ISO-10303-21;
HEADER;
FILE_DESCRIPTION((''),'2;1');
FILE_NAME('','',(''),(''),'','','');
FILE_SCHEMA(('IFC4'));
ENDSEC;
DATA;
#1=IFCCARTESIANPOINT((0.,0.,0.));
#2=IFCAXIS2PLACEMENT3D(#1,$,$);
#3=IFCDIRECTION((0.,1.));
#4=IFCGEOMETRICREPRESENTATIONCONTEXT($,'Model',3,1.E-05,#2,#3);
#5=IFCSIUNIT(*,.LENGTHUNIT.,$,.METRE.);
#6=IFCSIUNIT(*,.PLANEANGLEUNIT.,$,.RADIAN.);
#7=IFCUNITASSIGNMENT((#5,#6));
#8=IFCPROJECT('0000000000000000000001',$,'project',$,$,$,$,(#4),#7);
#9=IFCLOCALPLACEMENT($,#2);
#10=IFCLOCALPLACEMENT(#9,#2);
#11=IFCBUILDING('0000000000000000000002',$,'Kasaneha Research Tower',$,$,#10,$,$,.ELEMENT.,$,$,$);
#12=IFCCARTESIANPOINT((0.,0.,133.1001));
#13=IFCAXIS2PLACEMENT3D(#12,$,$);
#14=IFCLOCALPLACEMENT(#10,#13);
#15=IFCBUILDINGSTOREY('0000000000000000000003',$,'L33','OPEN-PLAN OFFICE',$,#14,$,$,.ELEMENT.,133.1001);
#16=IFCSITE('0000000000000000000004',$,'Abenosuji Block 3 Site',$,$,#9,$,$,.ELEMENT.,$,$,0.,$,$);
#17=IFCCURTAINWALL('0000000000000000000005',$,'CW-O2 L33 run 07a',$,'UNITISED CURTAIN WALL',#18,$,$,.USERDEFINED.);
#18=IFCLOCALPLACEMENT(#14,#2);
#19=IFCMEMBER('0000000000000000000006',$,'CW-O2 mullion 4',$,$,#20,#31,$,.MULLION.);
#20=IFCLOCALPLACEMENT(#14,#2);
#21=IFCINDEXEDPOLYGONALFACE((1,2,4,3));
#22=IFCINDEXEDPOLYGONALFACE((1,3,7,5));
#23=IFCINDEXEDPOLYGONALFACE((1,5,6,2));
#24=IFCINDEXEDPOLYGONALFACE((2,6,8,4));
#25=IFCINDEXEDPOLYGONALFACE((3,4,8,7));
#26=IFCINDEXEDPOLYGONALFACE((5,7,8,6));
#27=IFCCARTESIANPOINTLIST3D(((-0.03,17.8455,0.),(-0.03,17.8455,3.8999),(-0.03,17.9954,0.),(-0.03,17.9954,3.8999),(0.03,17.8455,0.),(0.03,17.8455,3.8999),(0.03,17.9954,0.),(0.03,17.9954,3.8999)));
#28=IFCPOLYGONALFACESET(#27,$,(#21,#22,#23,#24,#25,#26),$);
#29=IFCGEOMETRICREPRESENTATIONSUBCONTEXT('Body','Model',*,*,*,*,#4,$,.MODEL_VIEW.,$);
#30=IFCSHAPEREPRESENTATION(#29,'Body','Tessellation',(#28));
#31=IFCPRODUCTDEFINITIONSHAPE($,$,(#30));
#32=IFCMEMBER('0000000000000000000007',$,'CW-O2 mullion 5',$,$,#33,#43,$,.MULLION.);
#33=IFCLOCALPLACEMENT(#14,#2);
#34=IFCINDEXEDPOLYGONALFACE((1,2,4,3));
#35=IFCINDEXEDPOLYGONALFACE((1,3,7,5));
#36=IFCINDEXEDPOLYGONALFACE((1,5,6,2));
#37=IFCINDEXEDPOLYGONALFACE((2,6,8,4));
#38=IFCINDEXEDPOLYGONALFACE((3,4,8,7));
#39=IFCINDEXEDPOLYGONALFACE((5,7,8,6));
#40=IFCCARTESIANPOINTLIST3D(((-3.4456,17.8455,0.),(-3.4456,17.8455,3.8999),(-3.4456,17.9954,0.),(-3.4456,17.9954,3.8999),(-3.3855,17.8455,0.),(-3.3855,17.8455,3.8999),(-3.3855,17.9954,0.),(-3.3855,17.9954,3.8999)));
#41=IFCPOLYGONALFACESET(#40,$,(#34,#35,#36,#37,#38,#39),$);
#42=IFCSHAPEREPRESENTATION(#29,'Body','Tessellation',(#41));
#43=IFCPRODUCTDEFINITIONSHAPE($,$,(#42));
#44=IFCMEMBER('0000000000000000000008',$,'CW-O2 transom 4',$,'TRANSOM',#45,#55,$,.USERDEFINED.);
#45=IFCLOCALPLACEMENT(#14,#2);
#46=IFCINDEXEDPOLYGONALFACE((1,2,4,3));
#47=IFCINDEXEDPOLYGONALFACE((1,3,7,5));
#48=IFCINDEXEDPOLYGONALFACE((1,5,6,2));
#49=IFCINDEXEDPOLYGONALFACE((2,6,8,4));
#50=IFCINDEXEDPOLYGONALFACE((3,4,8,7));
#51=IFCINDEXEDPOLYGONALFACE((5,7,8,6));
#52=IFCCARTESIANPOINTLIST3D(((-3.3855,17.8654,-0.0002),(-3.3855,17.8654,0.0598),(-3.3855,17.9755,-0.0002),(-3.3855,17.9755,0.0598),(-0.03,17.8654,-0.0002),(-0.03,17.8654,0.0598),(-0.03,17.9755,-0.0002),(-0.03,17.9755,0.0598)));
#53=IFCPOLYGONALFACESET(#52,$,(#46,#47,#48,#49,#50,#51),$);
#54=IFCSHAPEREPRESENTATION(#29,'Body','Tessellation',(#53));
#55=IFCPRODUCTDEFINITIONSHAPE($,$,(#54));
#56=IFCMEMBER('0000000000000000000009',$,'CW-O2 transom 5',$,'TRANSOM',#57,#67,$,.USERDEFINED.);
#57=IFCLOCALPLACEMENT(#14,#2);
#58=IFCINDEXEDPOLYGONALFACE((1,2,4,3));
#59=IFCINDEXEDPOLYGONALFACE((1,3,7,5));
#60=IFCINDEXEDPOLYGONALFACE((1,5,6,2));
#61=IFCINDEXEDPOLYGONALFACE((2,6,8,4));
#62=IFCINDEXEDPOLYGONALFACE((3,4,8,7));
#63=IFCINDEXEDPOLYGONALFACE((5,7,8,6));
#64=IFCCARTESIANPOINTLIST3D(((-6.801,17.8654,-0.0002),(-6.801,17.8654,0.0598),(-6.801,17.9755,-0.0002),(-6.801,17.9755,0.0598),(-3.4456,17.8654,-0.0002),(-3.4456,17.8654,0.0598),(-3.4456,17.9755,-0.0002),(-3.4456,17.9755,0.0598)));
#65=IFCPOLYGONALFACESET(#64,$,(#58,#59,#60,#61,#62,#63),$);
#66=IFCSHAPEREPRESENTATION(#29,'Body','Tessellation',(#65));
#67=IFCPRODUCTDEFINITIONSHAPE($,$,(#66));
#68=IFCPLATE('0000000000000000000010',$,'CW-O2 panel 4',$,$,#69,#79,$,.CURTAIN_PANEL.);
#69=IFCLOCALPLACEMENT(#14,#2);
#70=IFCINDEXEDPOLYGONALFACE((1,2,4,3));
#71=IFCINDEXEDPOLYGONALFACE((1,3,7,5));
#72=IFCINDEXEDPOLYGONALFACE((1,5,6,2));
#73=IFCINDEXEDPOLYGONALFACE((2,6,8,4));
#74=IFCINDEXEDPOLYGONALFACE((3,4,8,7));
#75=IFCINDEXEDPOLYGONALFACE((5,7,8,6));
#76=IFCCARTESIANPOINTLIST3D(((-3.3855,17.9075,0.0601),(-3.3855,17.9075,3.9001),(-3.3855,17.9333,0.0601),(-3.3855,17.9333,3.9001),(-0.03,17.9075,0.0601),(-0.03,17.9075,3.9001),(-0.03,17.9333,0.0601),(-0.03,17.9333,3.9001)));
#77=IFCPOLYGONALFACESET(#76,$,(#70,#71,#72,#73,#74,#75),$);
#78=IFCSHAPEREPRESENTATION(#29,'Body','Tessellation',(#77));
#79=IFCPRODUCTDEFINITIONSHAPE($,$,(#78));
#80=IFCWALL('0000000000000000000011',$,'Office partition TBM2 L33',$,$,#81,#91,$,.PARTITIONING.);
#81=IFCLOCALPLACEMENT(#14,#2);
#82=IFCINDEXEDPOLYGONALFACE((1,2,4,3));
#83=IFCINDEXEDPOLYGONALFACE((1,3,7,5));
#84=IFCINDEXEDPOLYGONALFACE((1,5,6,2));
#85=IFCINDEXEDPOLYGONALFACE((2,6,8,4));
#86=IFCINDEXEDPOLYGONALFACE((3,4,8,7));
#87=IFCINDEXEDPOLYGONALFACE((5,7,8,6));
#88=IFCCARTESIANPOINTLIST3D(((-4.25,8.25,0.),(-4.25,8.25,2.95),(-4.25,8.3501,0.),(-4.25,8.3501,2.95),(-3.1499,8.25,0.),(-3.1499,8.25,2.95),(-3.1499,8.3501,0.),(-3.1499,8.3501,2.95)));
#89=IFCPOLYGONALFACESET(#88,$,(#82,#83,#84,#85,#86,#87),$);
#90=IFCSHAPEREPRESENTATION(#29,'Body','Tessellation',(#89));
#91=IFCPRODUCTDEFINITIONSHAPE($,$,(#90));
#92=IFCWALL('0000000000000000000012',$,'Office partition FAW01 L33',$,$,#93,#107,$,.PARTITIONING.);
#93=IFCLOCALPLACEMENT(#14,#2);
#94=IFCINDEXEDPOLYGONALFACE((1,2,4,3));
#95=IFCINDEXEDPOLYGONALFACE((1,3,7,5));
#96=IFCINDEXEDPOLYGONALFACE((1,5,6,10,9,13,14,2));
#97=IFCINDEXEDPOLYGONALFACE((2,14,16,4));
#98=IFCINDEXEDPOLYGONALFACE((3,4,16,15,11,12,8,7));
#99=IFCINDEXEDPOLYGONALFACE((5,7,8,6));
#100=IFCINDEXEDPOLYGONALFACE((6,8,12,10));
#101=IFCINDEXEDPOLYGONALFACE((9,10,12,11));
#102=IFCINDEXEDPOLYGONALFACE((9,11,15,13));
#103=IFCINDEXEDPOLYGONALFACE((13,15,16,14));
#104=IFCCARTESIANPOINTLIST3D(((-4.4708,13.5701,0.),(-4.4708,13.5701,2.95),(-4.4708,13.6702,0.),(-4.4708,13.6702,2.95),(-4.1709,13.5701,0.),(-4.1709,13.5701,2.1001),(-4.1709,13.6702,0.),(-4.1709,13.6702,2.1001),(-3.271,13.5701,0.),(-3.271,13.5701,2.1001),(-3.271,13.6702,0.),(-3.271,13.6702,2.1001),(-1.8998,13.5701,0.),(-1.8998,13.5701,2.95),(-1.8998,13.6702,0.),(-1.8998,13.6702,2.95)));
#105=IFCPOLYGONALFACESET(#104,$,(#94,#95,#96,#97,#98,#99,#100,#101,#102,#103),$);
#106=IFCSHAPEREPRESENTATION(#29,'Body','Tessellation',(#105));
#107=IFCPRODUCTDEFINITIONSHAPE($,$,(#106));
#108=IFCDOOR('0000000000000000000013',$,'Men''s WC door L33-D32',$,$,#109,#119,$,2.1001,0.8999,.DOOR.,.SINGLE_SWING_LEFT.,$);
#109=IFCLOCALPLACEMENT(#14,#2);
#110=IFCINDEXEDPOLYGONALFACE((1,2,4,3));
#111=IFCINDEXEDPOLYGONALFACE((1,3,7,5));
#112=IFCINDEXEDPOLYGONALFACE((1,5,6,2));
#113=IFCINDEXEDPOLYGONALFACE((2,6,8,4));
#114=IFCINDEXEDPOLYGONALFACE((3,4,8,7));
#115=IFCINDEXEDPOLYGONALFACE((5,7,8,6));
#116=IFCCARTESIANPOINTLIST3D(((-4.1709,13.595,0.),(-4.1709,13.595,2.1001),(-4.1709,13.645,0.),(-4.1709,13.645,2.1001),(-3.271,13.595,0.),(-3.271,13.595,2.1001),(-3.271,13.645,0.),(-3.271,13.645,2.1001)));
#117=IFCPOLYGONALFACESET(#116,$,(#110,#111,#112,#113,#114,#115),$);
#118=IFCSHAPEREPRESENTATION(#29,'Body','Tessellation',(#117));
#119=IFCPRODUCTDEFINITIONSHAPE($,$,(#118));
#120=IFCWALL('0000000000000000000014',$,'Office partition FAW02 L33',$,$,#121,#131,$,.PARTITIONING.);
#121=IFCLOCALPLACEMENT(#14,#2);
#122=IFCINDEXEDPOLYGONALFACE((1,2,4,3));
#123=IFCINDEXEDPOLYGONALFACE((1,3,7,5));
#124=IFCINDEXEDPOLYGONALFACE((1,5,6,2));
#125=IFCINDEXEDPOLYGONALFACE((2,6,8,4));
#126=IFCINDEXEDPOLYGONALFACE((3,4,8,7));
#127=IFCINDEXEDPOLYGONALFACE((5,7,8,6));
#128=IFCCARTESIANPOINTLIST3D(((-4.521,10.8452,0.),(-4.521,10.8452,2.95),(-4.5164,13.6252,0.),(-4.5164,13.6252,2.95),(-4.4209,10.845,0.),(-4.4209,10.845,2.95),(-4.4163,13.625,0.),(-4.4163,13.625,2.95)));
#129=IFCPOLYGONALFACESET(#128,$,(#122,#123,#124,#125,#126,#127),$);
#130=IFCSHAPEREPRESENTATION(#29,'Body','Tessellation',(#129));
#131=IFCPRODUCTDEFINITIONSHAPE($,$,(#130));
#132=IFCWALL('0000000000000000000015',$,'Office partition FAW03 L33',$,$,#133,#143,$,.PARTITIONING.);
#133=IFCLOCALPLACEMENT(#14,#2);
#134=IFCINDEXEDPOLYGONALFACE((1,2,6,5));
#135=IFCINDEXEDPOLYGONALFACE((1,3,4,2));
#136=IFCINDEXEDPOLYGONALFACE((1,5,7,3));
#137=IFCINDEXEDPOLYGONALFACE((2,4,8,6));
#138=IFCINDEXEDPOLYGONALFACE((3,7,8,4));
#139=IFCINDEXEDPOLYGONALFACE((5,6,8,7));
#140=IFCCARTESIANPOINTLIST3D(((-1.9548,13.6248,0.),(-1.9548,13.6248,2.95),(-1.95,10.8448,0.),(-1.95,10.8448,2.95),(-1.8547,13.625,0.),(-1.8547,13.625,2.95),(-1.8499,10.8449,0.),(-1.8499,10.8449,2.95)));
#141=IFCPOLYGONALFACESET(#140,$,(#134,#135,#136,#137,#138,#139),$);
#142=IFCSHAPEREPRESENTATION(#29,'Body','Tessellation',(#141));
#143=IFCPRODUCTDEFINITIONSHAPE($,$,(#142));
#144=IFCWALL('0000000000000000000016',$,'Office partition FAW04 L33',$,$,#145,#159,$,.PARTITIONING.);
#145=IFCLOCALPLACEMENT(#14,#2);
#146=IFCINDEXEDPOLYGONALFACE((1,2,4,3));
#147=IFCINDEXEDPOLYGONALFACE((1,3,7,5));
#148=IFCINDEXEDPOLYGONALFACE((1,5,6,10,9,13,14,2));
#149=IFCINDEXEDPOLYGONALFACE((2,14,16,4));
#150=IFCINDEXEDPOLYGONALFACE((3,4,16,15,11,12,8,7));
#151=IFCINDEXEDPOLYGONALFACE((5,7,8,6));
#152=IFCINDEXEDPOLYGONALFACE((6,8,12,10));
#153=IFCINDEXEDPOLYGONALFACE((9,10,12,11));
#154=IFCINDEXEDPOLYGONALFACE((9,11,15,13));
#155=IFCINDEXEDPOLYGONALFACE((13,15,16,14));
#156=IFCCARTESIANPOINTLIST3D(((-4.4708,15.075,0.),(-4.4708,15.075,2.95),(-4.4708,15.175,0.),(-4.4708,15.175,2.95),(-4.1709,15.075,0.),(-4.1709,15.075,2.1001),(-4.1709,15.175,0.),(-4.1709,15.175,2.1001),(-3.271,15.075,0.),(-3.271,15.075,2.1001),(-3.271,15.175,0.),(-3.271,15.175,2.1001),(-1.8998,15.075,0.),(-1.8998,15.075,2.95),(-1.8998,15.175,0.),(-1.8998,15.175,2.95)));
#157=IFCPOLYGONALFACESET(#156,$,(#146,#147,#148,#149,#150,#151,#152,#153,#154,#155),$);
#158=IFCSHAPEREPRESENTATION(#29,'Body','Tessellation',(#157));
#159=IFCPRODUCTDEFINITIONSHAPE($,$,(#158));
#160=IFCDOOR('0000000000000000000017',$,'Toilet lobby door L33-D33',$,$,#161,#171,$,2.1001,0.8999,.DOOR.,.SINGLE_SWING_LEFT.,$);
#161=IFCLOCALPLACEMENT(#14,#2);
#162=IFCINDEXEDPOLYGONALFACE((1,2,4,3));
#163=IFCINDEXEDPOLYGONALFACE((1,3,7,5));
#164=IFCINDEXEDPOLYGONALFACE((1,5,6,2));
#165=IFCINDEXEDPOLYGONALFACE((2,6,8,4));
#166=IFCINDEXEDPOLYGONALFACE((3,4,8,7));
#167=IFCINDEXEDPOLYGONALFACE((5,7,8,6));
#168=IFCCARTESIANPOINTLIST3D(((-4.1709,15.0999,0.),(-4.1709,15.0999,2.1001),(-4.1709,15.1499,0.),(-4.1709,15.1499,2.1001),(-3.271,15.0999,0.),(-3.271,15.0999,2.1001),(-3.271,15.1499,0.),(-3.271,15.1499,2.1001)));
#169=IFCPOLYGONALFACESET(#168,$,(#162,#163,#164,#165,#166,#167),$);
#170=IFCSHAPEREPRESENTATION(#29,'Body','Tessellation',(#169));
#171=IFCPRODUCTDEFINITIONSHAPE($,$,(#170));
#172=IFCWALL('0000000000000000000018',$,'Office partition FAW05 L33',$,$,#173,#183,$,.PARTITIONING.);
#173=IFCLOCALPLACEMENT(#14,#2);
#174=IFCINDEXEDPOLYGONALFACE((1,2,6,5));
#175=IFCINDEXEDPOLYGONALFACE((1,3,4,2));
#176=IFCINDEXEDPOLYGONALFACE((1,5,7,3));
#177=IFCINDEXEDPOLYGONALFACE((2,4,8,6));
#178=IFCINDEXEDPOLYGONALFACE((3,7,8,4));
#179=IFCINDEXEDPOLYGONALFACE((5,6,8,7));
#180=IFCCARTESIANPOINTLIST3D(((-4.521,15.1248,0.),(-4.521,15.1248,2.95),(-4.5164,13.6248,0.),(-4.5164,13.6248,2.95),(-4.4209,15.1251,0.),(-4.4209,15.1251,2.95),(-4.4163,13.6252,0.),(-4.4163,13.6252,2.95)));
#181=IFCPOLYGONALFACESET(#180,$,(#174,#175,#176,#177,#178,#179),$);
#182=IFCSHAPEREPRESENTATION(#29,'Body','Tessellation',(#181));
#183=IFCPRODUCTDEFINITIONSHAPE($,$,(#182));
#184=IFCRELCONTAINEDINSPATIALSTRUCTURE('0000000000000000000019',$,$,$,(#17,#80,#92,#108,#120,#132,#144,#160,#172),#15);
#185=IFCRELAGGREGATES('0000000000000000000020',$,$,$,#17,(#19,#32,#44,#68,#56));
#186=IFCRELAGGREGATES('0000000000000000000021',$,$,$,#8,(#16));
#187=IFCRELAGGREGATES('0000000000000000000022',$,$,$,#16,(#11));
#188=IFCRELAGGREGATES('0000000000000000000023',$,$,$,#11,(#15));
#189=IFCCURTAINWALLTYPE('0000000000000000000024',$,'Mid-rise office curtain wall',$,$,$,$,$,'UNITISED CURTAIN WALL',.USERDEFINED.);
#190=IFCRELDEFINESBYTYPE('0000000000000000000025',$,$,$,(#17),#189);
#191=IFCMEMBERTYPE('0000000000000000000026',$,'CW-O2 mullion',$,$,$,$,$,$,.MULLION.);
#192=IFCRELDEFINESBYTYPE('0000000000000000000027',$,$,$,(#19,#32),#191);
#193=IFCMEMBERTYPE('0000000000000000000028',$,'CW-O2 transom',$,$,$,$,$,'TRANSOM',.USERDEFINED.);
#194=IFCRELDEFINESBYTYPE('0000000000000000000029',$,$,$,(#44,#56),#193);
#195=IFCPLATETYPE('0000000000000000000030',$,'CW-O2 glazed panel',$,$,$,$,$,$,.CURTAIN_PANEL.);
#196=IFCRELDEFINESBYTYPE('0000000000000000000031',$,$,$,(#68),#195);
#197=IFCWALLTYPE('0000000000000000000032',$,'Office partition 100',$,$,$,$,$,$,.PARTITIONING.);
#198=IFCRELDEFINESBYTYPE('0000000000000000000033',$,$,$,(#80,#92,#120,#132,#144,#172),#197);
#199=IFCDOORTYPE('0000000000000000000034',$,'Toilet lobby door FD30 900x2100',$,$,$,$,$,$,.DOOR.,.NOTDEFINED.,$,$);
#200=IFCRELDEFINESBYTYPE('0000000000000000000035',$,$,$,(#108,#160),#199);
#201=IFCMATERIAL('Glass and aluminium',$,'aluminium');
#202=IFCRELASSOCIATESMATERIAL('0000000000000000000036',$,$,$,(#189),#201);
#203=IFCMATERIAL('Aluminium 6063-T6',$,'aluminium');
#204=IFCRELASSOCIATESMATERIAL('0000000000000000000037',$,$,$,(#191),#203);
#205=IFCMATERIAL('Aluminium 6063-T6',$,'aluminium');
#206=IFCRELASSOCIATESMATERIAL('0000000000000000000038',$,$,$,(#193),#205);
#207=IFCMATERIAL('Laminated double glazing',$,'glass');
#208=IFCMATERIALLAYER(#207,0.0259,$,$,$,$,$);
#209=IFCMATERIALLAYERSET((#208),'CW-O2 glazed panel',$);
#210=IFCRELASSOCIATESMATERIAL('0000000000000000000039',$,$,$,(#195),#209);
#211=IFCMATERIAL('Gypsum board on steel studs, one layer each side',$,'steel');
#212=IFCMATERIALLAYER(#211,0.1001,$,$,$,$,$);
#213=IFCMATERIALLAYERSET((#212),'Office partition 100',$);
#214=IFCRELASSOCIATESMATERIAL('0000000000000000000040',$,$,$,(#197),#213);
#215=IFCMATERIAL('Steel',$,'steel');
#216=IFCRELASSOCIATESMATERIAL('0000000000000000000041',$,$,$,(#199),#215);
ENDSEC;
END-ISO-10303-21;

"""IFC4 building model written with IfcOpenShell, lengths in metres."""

from ifc_helpers import new_model, si_unit, direction, frame, frame_2d, origin, origin_2d, place, context, subcontext, project, spatial, rectangle, extrude, material, layer, layer_set, material_profile, profile_set, type_object, element, fill, aggregate, save


model = new_model("IFC4")

# Units and contexts
model_context = context("Model", 3, precision=1e-05, world=origin(), true_north=direction((0.0, 1.0)))
body_context = subcontext(model_context, "Body", "Model", "MODEL_VIEW")
ifc_project = project(units=[si_unit("LENGTHUNIT", "METRE"), si_unit("PLANEANGLEUNIT", "RADIAN")], contexts=[model_context])

# Site, building, storey
site_placement = place(None, origin())
site = spatial("IfcSite", under=ifc_project, at=site_placement, Name="Abenosuji Block 3 Site", CompositionType="ELEMENT", RefElevation=0.0)
building_placement = place(site_placement, origin())
building = spatial("IfcBuilding", under=site, at=building_placement, Name="Kasaneha Research Tower", CompositionType="ELEMENT")
storey_placement = place(building_placement, frame((0.0, 0.0, 133.1001)))
storey = spatial("IfcBuildingStorey", under=building, at=storey_placement, Name="L33", Description="OPEN-PLAN OFFICE", CompositionType="ELEMENT", Elevation=133.1001)

# Curtain wall, members, plate
ifc_material_1 = material(Name="Glass and aluminium", Category="aluminium")
curtain_wall_type = type_object("IfcCurtainWallType", Name="Mid-rise office curtain wall", ElementType="UNITISED CURTAIN WALL", PredefinedType="USERDEFINED", material=ifc_material_1)
curtain_wall_placement = place(storey_placement, origin())
curtain_wall = element("IfcCurtainWall", 1, at=curtain_wall_placement, inside=storey, type_object=curtain_wall_type, Name="CW-O2 L33 run 07a", ObjectType="UNITISED CURTAIN WALL", PredefinedType="USERDEFINED")
ifc_material_2 = material(Name="Aluminium 6063-T6", Category="aluminium")
ifc_material_profile_1 = material_profile(ifc_material_2, rectangle(XDim=0.0601, YDim=0.1499, at=origin_2d()), Name="CW-O2 mullion 60x150")
ifc_profile_set_1 = profile_set([ifc_material_profile_1], Name="Aluminium 6063-T6")
member_type_1 = type_object("IfcMemberType", Name="CW-O2 mullion", PredefinedType="MULLION", material=ifc_profile_set_1)
member_1_placement = place(storey_placement, frame((0.0, 17.9204, 0.0), z_axis=(0.0, 0.0, 1.0), x_axis=(-1.0, 0.0, 0.0)))
member_1 = element("IfcMember", 2, at=member_1_placement, type_object=member_type_1, Name="CW-O2 mullion 4", PredefinedType="MULLION", context=body_context, shape_type="SweptSolid", body=[
    extrude(rectangle(XDim=0.0601, YDim=0.1499, at=origin_2d()), origin(), (0.0, 0.0, 1.0), 3.8999),
])
member_2_placement = place(storey_placement, frame((-3.4155, 17.9204, 0.0), z_axis=(0.0, 0.0, 1.0), x_axis=(-1.0, 0.0, 0.0)))
member_2 = element("IfcMember", 3, at=member_2_placement, type_object=member_type_1, Name="CW-O2 mullion 5", PredefinedType="MULLION", context=body_context, shape_type="SweptSolid", body=[
    extrude(rectangle(XDim=0.0601, YDim=0.1499, at=origin_2d()), origin(), (0.0, 0.0, 1.0), 3.8999),
])
ifc_material_3 = material(Name="Aluminium 6063-T6", Category="aluminium")
ifc_material_profile_2 = material_profile(ifc_material_3, rectangle(XDim=0.1101, YDim=0.0601, at=origin_2d()), Name="CW-O2 transom 110x60")
ifc_profile_set_2 = profile_set([ifc_material_profile_2], Name="Aluminium 6063-T6")
member_type_2 = type_object("IfcMemberType", Name="CW-O2 transom", ElementType="TRANSOM", PredefinedType="USERDEFINED", material=ifc_profile_set_2)
member_3_placement = place(storey_placement, frame((-0.03, 17.9204, 0.0298), z_axis=(-1.0, 0.0, 0.0), x_axis=(0.0, -1.0, 0.0)))
member_3 = element("IfcMember", 4, at=member_3_placement, type_object=member_type_2, Name="CW-O2 transom 4", ObjectType="TRANSOM", PredefinedType="USERDEFINED", context=body_context, shape_type="SweptSolid", body=[
    extrude(rectangle(XDim=0.1101, YDim=0.0601, at=origin_2d()), origin(), (0.0, 0.0, 1.0), 3.3555),
])
member_4_placement = place(storey_placement, frame((-3.4456, 17.9204, 0.0298), z_axis=(-1.0, 0.0, 0.0), x_axis=(0.0, -1.0, 0.0)))
member_4 = element("IfcMember", 5, at=member_4_placement, type_object=member_type_2, Name="CW-O2 transom 5", ObjectType="TRANSOM", PredefinedType="USERDEFINED", context=body_context, shape_type="SweptSolid", body=[
    extrude(rectangle(XDim=0.1101, YDim=0.0601, at=origin_2d()), origin(), (0.0, 0.0, 1.0), 3.3555),
])
ifc_material_4 = material(Name="Laminated double glazing", Category="glass")
ifc_layer_1 = layer(ifc_material_4, 0.0259)
ifc_layer_set_1 = layer_set([ifc_layer_1], Name="CW-O2 glazed panel")
plate_type = type_object("IfcPlateType", Name="CW-O2 glazed panel", PredefinedType="CURTAIN_PANEL", material=ifc_layer_set_1)
plate_placement = place(storey_placement, frame((-1.7078, 17.9204, 0.0601), z_axis=(0.0, 0.0, 1.0), x_axis=(-1.0, 0.0, 0.0)))
plate = element("IfcPlate", 6, at=plate_placement, type_object=plate_type, Name="CW-O2 panel 4", PredefinedType="CURTAIN_PANEL", context=body_context, shape_type="SweptSolid", body=[
    extrude(rectangle(XDim=3.3555, YDim=0.0259, at=origin_2d()), origin(), (0.0, 0.0, 1.0), 3.8401),
])
aggregate(curtain_wall, [member_1, member_2, member_3, plate, member_4])

# Wall
ifc_material_5 = material(Name="Gypsum board on steel studs, one layer each side", Category="steel")
ifc_layer_2 = layer(ifc_material_5, 0.1001)
ifc_layer_set_2 = layer_set([ifc_layer_2], Name="Office partition 100")
wall_type_1 = type_object("IfcWallType", Name="Office partition 100", PredefinedType="PARTITIONING", material=ifc_layer_set_2)
wall_1_placement = place(storey_placement, frame((-3.1499, 8.3, 0.0), z_axis=(0.0, 0.0, 1.0), x_axis=(-1.0, 0.0, 0.0)))
element("IfcWall", 7, at=wall_1_placement, inside=storey, type_object=wall_type_1, Name="Office partition TBM2 L33", PredefinedType="PARTITIONING", context=body_context, shape_type="SweptSolid", body=[
    extrude(rectangle(XDim=1.1001, YDim=0.1001, at=frame_2d((0.55, 0.0))), origin(), (0.0, 0.0, 1.0), 2.95),
])

# Wall, opening, door
wall_2_placement = place(storey_placement, frame((-4.4709, 13.6201, 0.0), z_axis=(0.0, 0.0, 1.0), x_axis=(1.0, 0.0, 0.0)))
wall_2 = element("IfcWall", 8, at=wall_2_placement, inside=storey, type_object=wall_type_1, Name="Office partition FAW01 L33", PredefinedType="PARTITIONING", context=body_context, shape_type="SweptSolid", body=[
    extrude(rectangle(XDim=2.571, YDim=0.1001, at=frame_2d((1.2856, 0.0))), origin(), (0.0, 0.0, 1.0), 2.95),
])
opening_1_placement = place(wall_2_placement, frame((0.3, 0.0, 0.0)))
opening_1 = element("IfcOpeningElement", 9, at=opening_1_placement, cuts=wall_2, PredefinedType="OPENING", context=body_context, shape_type="SweptSolid", body=[
    extrude(rectangle(XDim=0.8999, YDim=2.1001, at=frame_2d((0.45, 1.05))), frame((0.0, 0.0601, 0.0), z_axis=(0.0, -1.0, 0.0), x_axis=(1.0, 0.0, 0.0)), (0.0, 0.0, 1.0), 0.1201),
])
ifc_material_6 = material(Name="Steel", Category="steel")
door_type_1 = type_object("IfcDoorType", Name="Toilet lobby door FD30 900x2100", OperationType="NOTDEFINED", PredefinedType="DOOR", material=ifc_material_6)
door_1_placement = place(opening_1_placement, origin())
door_1 = element("IfcDoor", 10, at=door_1_placement, inside=storey, type_object=door_type_1, Name="Men's WC door L33-D32", OperationType="SINGLE_SWING_LEFT", OverallHeight=2.1001, OverallWidth=0.8999, PredefinedType="DOOR", context=body_context, shape_type="SweptSolid", body=[
    extrude(rectangle(XDim=0.8999, YDim=2.1001, at=frame_2d((0.45, 1.05))), frame((0.0, 0.0249, 0.0), z_axis=(0.0, -1.0, 0.0), x_axis=(1.0, 0.0, 0.0)), (0.0, 0.0, 1.0), 0.05),
])
fill(opening_1, door_1)

# Walls
for number, where, z_axis, x_axis, name in (
    (11, (-4.4709, 10.845, 0.0), (0.0, 0.0, 1.0), (0.001669, 0.999999, 0.0), "Office partition FAW02 L33"),
    (12, (-1.9048, 13.625, 0.0), (0.0, 0.0, 1.0), (0.001756, -0.999998, 0.0), "Office partition FAW03 L33"),
):
    element("IfcWall", number, at=place(storey_placement, frame(where, z_axis=z_axis, x_axis=x_axis)), inside=storey, type_object=wall_type_1, Name=name, PredefinedType="PARTITIONING", context=body_context, shape_type="SweptSolid", body=[
        extrude(rectangle(XDim=2.78, YDim=0.1001, at=frame_2d((1.3901, 0.0))), origin(), (0.0, 0.0, 1.0), 2.95),
    ])

# Wall, opening, door
wall_3_placement = place(storey_placement, frame((-4.4709, 15.125, 0.0), z_axis=(0.0, 0.0, 1.0), x_axis=(1.0, 0.0, 0.0)))
wall_3 = element("IfcWall", 13, at=wall_3_placement, inside=storey, type_object=wall_type_1, Name="Office partition FAW04 L33", PredefinedType="PARTITIONING", context=body_context, shape_type="SweptSolid", body=[
    extrude(rectangle(XDim=2.571, YDim=0.1001, at=frame_2d((1.2856, 0.0))), origin(), (0.0, 0.0, 1.0), 2.95),
])
opening_2_placement = place(wall_3_placement, frame((0.3, 0.0, 0.0)))
opening_2 = element("IfcOpeningElement", 14, at=opening_2_placement, cuts=wall_3, PredefinedType="OPENING", context=body_context, shape_type="SweptSolid", body=[
    extrude(rectangle(XDim=0.8999, YDim=2.1001, at=frame_2d((0.45, 1.05))), frame((0.0, 0.0601, 0.0), z_axis=(0.0, -1.0, 0.0), x_axis=(1.0, 0.0, 0.0)), (0.0, 0.0, 1.0), 0.1201),
])
door_2_placement = place(opening_2_placement, origin())
door_2 = element("IfcDoor", 15, at=door_2_placement, inside=storey, type_object=door_type_1, Name="Toilet lobby door L33-D33", OperationType="SINGLE_SWING_LEFT", OverallHeight=2.1001, OverallWidth=0.8999, PredefinedType="DOOR", context=body_context, shape_type="SweptSolid", body=[
    extrude(rectangle(XDim=0.8999, YDim=2.1001, at=frame_2d((0.45, 1.05))), frame((0.0, 0.0249, 0.0), z_axis=(0.0, -1.0, 0.0), x_axis=(1.0, 0.0, 0.0)), (0.0, 0.0, 1.0), 0.05),
])
fill(opening_2, door_2)

# Wall
for number, where, z_axis, x_axis, name in (
    (16, (-4.4663, 13.625, 0.0), (0.0, 0.0, 1.0), (-0.003092, 0.999995, 0.0), "Office partition FAW05 L33"),
):
    element("IfcWall", number, at=place(storey_placement, frame(where, z_axis=z_axis, x_axis=x_axis)), inside=storey, type_object=wall_type_1, Name=name, PredefinedType="PARTITIONING", context=body_context, shape_type="SweptSolid", body=[
        extrude(rectangle(XDim=1.5, YDim=0.1001, at=frame_2d((0.75, 0.0))), origin(), (0.0, 0.0, 1.0), 2.95),
    ])

save(model, "model.ifc")
